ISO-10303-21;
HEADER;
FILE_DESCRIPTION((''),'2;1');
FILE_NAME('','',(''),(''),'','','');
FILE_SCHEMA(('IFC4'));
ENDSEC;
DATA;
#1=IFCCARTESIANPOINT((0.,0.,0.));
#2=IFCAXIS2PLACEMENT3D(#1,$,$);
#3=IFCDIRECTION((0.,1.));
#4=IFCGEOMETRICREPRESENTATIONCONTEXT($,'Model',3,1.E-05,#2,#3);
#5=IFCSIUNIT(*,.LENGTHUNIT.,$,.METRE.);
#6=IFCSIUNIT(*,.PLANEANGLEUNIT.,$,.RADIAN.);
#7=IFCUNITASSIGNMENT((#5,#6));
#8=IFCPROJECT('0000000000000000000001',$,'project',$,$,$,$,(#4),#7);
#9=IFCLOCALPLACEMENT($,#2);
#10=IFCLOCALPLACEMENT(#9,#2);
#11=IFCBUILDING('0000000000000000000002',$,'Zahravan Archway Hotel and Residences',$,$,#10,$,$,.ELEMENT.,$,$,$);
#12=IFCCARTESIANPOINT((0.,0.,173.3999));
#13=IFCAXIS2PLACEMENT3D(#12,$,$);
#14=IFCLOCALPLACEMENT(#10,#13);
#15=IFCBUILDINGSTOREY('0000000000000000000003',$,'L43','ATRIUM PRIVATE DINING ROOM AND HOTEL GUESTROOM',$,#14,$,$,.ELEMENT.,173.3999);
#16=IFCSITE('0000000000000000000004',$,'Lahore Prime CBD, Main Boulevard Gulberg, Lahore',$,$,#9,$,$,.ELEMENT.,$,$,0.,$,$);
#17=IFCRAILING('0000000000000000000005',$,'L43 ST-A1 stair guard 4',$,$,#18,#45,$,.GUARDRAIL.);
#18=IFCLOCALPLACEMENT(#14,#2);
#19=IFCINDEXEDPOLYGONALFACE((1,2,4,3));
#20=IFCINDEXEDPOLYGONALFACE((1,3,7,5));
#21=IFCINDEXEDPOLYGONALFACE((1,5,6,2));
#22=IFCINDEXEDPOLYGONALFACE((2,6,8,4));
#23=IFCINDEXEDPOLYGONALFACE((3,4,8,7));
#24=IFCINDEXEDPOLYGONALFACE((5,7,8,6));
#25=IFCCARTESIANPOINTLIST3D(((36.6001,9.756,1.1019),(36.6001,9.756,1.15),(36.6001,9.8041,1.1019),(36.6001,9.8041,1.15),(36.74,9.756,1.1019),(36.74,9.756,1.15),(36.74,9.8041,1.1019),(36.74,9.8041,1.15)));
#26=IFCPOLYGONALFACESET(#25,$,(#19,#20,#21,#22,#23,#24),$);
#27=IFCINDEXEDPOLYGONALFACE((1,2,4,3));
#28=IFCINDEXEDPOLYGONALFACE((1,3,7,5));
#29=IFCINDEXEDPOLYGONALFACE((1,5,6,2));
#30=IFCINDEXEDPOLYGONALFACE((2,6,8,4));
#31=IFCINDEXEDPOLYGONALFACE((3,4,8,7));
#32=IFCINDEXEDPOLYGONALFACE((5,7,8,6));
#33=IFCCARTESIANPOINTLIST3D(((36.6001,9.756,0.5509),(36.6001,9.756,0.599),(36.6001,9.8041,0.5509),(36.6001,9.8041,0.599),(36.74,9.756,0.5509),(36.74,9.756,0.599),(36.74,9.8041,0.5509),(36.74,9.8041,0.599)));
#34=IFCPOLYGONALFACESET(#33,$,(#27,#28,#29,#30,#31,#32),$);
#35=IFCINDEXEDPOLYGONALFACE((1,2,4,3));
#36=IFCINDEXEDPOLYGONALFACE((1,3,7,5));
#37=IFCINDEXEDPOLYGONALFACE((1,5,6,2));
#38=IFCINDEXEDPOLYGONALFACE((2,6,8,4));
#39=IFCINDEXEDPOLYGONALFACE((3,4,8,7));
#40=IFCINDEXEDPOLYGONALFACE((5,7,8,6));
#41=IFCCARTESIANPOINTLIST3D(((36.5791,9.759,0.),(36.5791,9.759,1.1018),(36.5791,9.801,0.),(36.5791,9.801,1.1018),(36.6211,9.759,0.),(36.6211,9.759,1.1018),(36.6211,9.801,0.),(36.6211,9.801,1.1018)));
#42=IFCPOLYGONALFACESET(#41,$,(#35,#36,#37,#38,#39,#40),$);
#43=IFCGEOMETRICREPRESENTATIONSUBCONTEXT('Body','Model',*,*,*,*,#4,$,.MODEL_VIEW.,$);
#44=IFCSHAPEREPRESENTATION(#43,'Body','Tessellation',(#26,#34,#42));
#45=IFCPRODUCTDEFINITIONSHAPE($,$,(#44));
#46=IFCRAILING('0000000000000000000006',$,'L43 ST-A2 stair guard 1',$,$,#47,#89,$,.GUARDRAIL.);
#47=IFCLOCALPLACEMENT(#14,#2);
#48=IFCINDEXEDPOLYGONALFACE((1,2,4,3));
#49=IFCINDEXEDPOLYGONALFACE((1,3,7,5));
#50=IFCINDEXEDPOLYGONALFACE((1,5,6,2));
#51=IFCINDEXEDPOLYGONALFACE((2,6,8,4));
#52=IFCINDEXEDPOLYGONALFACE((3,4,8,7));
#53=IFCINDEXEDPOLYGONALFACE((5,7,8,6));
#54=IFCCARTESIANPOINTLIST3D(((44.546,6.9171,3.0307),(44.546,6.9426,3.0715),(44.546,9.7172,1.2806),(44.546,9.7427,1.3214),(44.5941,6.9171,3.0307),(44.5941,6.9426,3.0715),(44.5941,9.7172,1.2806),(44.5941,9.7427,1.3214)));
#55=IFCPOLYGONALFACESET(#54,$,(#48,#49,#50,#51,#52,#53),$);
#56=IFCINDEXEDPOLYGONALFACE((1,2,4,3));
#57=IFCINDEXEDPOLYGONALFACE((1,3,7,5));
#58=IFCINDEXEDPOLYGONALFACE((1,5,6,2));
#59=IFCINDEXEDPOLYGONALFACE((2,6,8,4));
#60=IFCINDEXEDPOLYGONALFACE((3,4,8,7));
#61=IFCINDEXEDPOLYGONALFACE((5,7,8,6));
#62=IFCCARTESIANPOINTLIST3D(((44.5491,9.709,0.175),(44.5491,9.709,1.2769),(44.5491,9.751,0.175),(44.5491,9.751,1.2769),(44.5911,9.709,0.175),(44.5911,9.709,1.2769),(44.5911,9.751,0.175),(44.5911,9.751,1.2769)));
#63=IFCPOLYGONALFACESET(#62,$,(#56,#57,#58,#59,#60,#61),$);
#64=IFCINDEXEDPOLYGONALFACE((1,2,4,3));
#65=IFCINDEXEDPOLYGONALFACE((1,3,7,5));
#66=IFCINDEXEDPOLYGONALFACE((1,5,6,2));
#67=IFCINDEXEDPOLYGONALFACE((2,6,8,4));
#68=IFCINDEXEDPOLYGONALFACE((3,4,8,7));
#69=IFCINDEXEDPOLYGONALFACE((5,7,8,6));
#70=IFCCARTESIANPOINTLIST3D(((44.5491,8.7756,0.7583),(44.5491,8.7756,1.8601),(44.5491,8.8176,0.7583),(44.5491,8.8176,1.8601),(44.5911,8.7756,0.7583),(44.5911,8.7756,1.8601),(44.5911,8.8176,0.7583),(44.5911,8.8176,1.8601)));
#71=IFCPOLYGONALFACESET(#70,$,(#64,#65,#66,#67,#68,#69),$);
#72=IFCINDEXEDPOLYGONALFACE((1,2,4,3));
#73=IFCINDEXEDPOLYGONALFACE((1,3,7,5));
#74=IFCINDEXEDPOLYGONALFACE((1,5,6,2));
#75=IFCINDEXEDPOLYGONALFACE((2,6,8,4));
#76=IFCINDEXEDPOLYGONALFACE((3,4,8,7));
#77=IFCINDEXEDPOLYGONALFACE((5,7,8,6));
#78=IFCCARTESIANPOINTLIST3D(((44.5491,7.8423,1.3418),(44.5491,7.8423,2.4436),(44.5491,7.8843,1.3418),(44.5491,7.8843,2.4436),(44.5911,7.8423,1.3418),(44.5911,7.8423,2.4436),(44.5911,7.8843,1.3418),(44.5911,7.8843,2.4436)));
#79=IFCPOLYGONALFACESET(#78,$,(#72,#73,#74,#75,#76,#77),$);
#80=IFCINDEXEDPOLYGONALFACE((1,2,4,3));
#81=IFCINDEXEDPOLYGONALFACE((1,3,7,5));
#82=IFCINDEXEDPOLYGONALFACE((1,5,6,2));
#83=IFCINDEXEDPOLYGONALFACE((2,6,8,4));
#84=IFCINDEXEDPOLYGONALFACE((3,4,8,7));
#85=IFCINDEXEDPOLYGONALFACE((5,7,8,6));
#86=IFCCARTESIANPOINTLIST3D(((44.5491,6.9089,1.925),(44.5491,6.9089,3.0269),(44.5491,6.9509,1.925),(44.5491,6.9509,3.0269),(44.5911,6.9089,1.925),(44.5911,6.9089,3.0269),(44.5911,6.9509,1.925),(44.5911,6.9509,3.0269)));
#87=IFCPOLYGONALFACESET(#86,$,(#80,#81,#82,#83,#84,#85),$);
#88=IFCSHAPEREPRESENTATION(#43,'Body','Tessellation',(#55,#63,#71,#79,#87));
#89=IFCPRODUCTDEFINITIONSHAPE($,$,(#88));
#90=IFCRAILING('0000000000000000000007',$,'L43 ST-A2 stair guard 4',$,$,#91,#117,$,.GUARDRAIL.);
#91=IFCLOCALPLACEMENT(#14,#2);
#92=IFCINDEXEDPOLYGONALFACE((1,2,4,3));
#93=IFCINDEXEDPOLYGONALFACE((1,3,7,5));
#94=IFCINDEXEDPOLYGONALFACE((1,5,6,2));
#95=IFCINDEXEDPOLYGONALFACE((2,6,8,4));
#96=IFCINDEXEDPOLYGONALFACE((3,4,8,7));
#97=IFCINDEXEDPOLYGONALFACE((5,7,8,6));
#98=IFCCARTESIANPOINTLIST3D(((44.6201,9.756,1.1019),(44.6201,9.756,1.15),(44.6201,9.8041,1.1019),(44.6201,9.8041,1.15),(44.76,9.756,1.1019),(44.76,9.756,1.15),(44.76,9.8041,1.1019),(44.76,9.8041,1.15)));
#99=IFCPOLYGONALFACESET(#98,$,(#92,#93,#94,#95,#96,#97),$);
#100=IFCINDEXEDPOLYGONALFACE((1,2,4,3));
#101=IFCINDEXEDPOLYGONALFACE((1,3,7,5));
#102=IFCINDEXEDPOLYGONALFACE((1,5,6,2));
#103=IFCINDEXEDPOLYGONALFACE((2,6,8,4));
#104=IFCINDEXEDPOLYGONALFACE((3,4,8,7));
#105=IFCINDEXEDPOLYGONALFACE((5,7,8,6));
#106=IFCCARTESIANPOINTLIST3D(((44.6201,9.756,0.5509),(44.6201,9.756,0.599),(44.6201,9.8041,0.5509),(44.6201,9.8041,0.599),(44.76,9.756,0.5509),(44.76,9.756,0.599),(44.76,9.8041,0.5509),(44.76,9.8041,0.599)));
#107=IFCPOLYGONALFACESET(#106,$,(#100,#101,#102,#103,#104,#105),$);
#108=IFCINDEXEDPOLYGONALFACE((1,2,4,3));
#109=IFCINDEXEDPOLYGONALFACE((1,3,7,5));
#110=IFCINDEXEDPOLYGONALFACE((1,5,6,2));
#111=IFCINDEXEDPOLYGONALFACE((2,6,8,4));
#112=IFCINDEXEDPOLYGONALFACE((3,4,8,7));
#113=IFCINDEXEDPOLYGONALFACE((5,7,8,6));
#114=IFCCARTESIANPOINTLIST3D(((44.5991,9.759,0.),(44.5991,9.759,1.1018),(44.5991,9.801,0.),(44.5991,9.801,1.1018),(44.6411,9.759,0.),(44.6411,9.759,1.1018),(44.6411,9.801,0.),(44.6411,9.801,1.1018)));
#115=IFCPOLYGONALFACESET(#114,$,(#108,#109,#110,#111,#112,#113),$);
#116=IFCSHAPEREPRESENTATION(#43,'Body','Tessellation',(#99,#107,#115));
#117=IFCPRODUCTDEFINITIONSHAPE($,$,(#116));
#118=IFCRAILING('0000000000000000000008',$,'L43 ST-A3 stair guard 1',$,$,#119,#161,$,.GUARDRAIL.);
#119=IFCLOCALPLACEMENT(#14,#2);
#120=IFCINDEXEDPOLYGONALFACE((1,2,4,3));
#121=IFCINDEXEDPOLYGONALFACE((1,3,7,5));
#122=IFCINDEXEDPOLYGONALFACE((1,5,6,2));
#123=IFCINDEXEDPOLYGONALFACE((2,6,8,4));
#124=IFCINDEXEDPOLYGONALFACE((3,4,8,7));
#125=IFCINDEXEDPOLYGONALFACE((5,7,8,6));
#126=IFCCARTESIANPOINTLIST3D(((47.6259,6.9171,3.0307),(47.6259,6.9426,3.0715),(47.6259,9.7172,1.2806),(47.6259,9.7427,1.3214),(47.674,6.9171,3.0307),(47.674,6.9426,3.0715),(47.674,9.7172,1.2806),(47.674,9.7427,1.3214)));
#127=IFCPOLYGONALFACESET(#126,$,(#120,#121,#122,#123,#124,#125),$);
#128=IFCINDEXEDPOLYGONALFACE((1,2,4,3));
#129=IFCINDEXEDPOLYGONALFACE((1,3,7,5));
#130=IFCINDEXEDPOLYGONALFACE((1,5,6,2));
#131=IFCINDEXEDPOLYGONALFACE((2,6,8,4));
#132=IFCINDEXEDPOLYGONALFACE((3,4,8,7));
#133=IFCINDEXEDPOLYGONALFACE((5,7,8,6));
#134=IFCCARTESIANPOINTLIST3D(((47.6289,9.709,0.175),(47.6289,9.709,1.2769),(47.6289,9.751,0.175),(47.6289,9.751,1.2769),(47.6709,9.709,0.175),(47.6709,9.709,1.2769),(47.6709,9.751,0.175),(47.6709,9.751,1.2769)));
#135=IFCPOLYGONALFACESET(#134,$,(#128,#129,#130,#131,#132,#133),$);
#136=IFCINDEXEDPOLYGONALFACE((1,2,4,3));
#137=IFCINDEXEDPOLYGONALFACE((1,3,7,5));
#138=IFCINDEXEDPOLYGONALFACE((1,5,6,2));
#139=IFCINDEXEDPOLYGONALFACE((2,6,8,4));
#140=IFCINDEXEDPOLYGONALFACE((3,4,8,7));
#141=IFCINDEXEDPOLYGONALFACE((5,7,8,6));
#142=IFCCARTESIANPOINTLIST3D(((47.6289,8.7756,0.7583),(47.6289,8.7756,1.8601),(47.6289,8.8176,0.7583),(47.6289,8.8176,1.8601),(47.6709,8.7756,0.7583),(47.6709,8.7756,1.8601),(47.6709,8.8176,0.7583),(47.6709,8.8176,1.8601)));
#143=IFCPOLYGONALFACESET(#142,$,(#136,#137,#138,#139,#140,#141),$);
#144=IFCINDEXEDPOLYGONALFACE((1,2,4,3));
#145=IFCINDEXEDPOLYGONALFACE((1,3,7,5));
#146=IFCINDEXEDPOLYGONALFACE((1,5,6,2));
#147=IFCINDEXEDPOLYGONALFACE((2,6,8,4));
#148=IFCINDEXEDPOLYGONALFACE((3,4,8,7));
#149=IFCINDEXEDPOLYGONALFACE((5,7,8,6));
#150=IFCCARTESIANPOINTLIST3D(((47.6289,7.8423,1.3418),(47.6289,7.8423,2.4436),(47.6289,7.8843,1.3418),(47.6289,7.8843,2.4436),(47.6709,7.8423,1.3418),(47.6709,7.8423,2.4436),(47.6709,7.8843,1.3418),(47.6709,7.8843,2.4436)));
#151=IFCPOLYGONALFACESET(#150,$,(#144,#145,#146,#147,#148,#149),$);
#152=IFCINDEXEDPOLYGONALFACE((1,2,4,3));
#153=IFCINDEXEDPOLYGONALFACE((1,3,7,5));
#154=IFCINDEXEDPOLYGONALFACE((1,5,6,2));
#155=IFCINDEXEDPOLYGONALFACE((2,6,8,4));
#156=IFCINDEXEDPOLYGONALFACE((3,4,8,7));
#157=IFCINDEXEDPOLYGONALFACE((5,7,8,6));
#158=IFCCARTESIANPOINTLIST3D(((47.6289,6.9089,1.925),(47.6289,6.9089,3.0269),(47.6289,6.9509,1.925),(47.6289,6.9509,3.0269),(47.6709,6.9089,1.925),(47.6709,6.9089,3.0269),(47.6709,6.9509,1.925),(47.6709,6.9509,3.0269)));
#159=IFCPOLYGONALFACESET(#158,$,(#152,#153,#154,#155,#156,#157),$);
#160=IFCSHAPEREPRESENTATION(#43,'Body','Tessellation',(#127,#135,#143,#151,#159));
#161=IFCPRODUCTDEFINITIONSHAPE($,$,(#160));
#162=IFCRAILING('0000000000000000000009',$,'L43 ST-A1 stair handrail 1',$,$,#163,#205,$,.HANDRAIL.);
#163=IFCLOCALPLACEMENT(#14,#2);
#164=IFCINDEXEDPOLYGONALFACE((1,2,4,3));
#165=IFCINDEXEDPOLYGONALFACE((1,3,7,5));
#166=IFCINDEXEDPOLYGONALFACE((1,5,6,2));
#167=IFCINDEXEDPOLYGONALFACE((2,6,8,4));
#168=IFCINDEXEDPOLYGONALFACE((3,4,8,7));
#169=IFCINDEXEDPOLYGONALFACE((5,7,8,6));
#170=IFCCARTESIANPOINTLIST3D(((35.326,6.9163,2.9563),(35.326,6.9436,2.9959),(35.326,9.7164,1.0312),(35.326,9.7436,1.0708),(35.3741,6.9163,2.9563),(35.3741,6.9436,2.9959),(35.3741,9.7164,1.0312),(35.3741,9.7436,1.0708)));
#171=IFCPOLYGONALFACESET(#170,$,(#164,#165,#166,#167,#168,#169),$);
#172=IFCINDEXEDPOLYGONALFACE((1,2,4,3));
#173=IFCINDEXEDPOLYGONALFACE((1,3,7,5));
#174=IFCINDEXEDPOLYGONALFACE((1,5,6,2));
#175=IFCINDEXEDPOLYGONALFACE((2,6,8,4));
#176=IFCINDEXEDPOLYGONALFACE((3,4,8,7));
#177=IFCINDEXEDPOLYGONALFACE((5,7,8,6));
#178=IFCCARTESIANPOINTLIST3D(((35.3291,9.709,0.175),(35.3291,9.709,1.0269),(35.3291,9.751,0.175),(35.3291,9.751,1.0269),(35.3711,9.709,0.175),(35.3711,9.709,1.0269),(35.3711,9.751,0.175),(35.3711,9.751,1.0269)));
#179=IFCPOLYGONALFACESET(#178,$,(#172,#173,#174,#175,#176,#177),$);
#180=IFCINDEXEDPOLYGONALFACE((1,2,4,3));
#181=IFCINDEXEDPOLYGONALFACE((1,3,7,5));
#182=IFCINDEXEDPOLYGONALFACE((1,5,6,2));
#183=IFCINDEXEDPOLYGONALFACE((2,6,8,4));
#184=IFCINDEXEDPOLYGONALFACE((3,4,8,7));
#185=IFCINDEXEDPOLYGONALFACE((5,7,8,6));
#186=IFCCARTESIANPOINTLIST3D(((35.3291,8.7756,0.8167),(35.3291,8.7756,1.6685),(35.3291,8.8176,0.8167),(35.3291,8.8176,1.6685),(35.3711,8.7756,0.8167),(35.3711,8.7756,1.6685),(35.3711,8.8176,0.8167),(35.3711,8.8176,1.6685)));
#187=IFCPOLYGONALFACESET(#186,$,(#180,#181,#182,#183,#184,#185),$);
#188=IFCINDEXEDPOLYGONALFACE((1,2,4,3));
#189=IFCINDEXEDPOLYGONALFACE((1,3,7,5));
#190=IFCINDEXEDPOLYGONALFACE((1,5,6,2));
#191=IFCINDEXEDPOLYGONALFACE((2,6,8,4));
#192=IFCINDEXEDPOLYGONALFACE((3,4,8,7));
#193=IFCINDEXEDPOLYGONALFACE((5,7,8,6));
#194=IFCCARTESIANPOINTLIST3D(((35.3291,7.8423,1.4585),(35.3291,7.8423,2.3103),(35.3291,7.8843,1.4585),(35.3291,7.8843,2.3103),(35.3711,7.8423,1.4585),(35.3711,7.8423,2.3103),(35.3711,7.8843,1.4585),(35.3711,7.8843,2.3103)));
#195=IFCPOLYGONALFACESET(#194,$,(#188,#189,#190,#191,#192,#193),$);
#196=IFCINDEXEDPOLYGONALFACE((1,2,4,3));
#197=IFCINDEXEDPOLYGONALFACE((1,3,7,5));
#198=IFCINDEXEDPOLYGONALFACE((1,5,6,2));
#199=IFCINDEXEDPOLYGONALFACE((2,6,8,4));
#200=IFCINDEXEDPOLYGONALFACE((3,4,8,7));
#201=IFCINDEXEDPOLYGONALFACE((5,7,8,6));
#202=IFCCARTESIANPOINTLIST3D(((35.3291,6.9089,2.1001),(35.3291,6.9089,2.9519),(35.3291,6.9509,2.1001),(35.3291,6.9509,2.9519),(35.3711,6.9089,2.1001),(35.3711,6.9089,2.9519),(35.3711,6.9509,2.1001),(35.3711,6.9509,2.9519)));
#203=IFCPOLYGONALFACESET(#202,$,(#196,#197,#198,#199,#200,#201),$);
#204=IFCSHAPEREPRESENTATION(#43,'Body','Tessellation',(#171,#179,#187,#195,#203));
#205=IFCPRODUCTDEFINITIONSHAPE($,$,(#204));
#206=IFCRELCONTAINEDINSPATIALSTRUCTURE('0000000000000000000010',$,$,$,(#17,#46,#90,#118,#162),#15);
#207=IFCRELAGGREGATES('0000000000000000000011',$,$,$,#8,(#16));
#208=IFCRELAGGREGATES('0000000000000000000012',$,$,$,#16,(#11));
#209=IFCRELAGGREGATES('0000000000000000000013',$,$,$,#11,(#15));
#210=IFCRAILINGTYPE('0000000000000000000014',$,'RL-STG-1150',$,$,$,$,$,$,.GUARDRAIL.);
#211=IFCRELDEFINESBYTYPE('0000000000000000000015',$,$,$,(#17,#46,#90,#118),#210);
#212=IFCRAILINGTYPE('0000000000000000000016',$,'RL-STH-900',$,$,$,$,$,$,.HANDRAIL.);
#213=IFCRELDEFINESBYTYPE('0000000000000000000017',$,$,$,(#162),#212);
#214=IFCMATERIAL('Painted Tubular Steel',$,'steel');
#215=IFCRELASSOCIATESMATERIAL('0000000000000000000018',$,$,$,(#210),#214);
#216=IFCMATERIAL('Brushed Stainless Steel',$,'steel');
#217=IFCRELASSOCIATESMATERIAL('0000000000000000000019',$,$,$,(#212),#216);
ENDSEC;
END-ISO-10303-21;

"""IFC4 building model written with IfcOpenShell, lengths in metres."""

from ifc_helpers import new_model, si_unit, direction, frame, origin, origin_2d, place, context, subcontext, project, spatial, rectangle, extrude, material, type_object, element, save


model = new_model("IFC4")

# Units and contexts
model_context = context("Model", 3, precision=1e-05, world=origin(), true_north=direction((0.0, 1.0)))
body_context = subcontext(model_context, "Body", "Model", "MODEL_VIEW")
ifc_project = project(units=[si_unit("LENGTHUNIT", "METRE"), si_unit("PLANEANGLEUNIT", "RADIAN")], contexts=[model_context])

# Site, building, storey
site_placement = place(None, origin())
site = spatial("IfcSite", under=ifc_project, at=site_placement, Name="Lahore Prime CBD, Main Boulevard Gulberg, Lahore", CompositionType="ELEMENT", RefElevation=0.0)
building_placement = place(site_placement, origin())
building = spatial("IfcBuilding", under=site, at=building_placement, Name="Zahravan Archway Hotel and Residences", CompositionType="ELEMENT")
storey_placement = place(building_placement, frame((0.0, 0.0, 173.3999)))
storey = spatial("IfcBuildingStorey", under=building, at=storey_placement, Name="L43", Description="ATRIUM PRIVATE DINING ROOM AND HOTEL GUESTROOM", CompositionType="ELEMENT", Elevation=173.3999)

# Railings
ifc_material_1 = material(Name="Painted Tubular Steel", Category="steel")
railing_type_1 = type_object("IfcRailingType", Name="RL-STG-1150", PredefinedType="GUARDRAIL", material=ifc_material_1)
railing_1_placement = place(storey_placement, frame((36.6001, 9.78, 0.0)))
element("IfcRailing", 1, at=railing_1_placement, inside=storey, type_object=railing_type_1, Name="L43 ST-A1 stair guard 4", PredefinedType="GUARDRAIL", context=body_context, shape_type="SweptSolid", body=[
    extrude(rectangle(XDim=0.0481, YDim=0.0481, at=origin_2d()), frame((0.0, 0.0, 1.126), z_axis=(1.0, 0.0, 0.0), x_axis=(0.0, 1.0, 0.0)), (0.0, 0.0, 1.0), 0.1399),
    extrude(rectangle(XDim=0.0481, YDim=0.0481, at=origin_2d()), frame((0.0, 0.0, 0.575), z_axis=(1.0, 0.0, 0.0), x_axis=(0.0, 1.0, 0.0)), (0.0, 0.0, 1.0), 0.1399),
    extrude(rectangle(XDim=0.042, YDim=0.042, at=origin_2d()), origin(), (0.0, 0.0, 1.0), 1.1018),
])
railing_2_placement = place(storey_placement, frame((44.5701, 9.73, 0.175)))
element("IfcRailing", 2, at=railing_2_placement, inside=storey, type_object=railing_type_1, Name="L43 ST-A2 stair guard 1", PredefinedType="GUARDRAIL", context=body_context, shape_type="SweptSolid", body=[
    extrude(rectangle(XDim=0.0481, YDim=0.0481, at=origin_2d()), frame((0.0, 0.0, 1.126), z_axis=(0.0, -0.848002, 0.529992), x_axis=(1.0, 0.0, 0.0)), (0.0, 0.0, 1.0), 3.302),
    extrude(rectangle(XDim=0.042, YDim=0.042, at=origin_2d()), origin(), (0.0, 0.0, 1.0), 1.1018),
    extrude(rectangle(XDim=0.042, YDim=0.042, at=origin_2d()), frame((0.0, -0.9333, 0.5833)), (0.0, 0.0, 1.0), 1.1018),
    extrude(rectangle(XDim=0.042, YDim=0.042, at=origin_2d()), frame((0.0, -1.8667, 1.1667)), (0.0, 0.0, 1.0), 1.1018),
    extrude(rectangle(XDim=0.042, YDim=0.042, at=origin_2d()), frame((0.0, -2.8, 1.75)), (0.0, 0.0, 1.0), 1.1018),
])
railing_3_placement = place(storey_placement, frame((44.6201, 9.78, 0.0)))
element("IfcRailing", 3, at=railing_3_placement, inside=storey, type_object=railing_type_1, Name="L43 ST-A2 stair guard 4", PredefinedType="GUARDRAIL", context=body_context, shape_type="SweptSolid", body=[
    extrude(rectangle(XDim=0.0481, YDim=0.0481, at=origin_2d()), frame((0.0, 0.0, 1.126), z_axis=(1.0, 0.0, 0.0), x_axis=(0.0, 1.0, 0.0)), (0.0, 0.0, 1.0), 0.1399),
    extrude(rectangle(XDim=0.0481, YDim=0.0481, at=origin_2d()), frame((0.0, 0.0, 0.575), z_axis=(1.0, 0.0, 0.0), x_axis=(0.0, 1.0, 0.0)), (0.0, 0.0, 1.0), 0.1399),
    extrude(rectangle(XDim=0.042, YDim=0.042, at=origin_2d()), origin(), (0.0, 0.0, 1.0), 1.1018),
])
railing_4_placement = place(storey_placement, frame((47.6499, 9.73, 0.175)))
element("IfcRailing", 4, at=railing_4_placement, inside=storey, type_object=railing_type_1, Name="L43 ST-A3 stair guard 1", PredefinedType="GUARDRAIL", context=body_context, shape_type="SweptSolid", body=[
    extrude(rectangle(XDim=0.0481, YDim=0.0481, at=origin_2d()), frame((0.0, 0.0, 1.126), z_axis=(0.0, -0.848002, 0.529992), x_axis=(1.0, 0.0, 0.0)), (0.0, 0.0, 1.0), 3.302),
    extrude(rectangle(XDim=0.042, YDim=0.042, at=origin_2d()), origin(), (0.0, 0.0, 1.0), 1.1018),
    extrude(rectangle(XDim=0.042, YDim=0.042, at=origin_2d()), frame((0.0, -0.9333, 0.5833)), (0.0, 0.0, 1.0), 1.1018),
    extrude(rectangle(XDim=0.042, YDim=0.042, at=origin_2d()), frame((0.0, -1.8667, 1.1667)), (0.0, 0.0, 1.0), 1.1018),
    extrude(rectangle(XDim=0.042, YDim=0.042, at=origin_2d()), frame((0.0, -2.8, 1.75)), (0.0, 0.0, 1.0), 1.1018),
])
ifc_material_2 = material(Name="Brushed Stainless Steel", Category="steel")
railing_type_2 = type_object("IfcRailingType", Name="RL-STH-900", PredefinedType="HANDRAIL", material=ifc_material_2)
for number, where, name in (
    (5, (35.3501, 9.73, 0.175), "L43 ST-A1 stair handrail 1"),
):
    element("IfcRailing", number, at=place(storey_placement, frame(where)), inside=storey, type_object=railing_type_2, Name=name, PredefinedType="HANDRAIL", context=body_context, shape_type="SweptSolid", body=[
        extrude(rectangle(XDim=0.0481, YDim=0.0481, at=origin_2d()), frame((0.0, 0.0, 0.876), z_axis=(0.0, -0.82404, 0.566532), x_axis=(1.0, 0.0, 0.0)), (0.0, 0.0, 1.0), 3.3979),
        extrude(rectangle(XDim=0.042, YDim=0.042, at=origin_2d()), origin(), (0.0, 0.0, 1.0), 0.8518),
        extrude(rectangle(XDim=0.042, YDim=0.042, at=origin_2d()), frame((0.0, -0.9333, 0.6416)), (0.0, 0.0, 1.0), 0.8518),
        extrude(rectangle(XDim=0.042, YDim=0.042, at=origin_2d()), frame((0.0, -1.8667, 1.2834)), (0.0, 0.0, 1.0), 0.8518),
        extrude(rectangle(XDim=0.042, YDim=0.042, at=origin_2d()), frame((0.0, -2.8, 1.925)), (0.0, 0.0, 1.0), 0.8518),
    ])

save(model, "model.ifc")
